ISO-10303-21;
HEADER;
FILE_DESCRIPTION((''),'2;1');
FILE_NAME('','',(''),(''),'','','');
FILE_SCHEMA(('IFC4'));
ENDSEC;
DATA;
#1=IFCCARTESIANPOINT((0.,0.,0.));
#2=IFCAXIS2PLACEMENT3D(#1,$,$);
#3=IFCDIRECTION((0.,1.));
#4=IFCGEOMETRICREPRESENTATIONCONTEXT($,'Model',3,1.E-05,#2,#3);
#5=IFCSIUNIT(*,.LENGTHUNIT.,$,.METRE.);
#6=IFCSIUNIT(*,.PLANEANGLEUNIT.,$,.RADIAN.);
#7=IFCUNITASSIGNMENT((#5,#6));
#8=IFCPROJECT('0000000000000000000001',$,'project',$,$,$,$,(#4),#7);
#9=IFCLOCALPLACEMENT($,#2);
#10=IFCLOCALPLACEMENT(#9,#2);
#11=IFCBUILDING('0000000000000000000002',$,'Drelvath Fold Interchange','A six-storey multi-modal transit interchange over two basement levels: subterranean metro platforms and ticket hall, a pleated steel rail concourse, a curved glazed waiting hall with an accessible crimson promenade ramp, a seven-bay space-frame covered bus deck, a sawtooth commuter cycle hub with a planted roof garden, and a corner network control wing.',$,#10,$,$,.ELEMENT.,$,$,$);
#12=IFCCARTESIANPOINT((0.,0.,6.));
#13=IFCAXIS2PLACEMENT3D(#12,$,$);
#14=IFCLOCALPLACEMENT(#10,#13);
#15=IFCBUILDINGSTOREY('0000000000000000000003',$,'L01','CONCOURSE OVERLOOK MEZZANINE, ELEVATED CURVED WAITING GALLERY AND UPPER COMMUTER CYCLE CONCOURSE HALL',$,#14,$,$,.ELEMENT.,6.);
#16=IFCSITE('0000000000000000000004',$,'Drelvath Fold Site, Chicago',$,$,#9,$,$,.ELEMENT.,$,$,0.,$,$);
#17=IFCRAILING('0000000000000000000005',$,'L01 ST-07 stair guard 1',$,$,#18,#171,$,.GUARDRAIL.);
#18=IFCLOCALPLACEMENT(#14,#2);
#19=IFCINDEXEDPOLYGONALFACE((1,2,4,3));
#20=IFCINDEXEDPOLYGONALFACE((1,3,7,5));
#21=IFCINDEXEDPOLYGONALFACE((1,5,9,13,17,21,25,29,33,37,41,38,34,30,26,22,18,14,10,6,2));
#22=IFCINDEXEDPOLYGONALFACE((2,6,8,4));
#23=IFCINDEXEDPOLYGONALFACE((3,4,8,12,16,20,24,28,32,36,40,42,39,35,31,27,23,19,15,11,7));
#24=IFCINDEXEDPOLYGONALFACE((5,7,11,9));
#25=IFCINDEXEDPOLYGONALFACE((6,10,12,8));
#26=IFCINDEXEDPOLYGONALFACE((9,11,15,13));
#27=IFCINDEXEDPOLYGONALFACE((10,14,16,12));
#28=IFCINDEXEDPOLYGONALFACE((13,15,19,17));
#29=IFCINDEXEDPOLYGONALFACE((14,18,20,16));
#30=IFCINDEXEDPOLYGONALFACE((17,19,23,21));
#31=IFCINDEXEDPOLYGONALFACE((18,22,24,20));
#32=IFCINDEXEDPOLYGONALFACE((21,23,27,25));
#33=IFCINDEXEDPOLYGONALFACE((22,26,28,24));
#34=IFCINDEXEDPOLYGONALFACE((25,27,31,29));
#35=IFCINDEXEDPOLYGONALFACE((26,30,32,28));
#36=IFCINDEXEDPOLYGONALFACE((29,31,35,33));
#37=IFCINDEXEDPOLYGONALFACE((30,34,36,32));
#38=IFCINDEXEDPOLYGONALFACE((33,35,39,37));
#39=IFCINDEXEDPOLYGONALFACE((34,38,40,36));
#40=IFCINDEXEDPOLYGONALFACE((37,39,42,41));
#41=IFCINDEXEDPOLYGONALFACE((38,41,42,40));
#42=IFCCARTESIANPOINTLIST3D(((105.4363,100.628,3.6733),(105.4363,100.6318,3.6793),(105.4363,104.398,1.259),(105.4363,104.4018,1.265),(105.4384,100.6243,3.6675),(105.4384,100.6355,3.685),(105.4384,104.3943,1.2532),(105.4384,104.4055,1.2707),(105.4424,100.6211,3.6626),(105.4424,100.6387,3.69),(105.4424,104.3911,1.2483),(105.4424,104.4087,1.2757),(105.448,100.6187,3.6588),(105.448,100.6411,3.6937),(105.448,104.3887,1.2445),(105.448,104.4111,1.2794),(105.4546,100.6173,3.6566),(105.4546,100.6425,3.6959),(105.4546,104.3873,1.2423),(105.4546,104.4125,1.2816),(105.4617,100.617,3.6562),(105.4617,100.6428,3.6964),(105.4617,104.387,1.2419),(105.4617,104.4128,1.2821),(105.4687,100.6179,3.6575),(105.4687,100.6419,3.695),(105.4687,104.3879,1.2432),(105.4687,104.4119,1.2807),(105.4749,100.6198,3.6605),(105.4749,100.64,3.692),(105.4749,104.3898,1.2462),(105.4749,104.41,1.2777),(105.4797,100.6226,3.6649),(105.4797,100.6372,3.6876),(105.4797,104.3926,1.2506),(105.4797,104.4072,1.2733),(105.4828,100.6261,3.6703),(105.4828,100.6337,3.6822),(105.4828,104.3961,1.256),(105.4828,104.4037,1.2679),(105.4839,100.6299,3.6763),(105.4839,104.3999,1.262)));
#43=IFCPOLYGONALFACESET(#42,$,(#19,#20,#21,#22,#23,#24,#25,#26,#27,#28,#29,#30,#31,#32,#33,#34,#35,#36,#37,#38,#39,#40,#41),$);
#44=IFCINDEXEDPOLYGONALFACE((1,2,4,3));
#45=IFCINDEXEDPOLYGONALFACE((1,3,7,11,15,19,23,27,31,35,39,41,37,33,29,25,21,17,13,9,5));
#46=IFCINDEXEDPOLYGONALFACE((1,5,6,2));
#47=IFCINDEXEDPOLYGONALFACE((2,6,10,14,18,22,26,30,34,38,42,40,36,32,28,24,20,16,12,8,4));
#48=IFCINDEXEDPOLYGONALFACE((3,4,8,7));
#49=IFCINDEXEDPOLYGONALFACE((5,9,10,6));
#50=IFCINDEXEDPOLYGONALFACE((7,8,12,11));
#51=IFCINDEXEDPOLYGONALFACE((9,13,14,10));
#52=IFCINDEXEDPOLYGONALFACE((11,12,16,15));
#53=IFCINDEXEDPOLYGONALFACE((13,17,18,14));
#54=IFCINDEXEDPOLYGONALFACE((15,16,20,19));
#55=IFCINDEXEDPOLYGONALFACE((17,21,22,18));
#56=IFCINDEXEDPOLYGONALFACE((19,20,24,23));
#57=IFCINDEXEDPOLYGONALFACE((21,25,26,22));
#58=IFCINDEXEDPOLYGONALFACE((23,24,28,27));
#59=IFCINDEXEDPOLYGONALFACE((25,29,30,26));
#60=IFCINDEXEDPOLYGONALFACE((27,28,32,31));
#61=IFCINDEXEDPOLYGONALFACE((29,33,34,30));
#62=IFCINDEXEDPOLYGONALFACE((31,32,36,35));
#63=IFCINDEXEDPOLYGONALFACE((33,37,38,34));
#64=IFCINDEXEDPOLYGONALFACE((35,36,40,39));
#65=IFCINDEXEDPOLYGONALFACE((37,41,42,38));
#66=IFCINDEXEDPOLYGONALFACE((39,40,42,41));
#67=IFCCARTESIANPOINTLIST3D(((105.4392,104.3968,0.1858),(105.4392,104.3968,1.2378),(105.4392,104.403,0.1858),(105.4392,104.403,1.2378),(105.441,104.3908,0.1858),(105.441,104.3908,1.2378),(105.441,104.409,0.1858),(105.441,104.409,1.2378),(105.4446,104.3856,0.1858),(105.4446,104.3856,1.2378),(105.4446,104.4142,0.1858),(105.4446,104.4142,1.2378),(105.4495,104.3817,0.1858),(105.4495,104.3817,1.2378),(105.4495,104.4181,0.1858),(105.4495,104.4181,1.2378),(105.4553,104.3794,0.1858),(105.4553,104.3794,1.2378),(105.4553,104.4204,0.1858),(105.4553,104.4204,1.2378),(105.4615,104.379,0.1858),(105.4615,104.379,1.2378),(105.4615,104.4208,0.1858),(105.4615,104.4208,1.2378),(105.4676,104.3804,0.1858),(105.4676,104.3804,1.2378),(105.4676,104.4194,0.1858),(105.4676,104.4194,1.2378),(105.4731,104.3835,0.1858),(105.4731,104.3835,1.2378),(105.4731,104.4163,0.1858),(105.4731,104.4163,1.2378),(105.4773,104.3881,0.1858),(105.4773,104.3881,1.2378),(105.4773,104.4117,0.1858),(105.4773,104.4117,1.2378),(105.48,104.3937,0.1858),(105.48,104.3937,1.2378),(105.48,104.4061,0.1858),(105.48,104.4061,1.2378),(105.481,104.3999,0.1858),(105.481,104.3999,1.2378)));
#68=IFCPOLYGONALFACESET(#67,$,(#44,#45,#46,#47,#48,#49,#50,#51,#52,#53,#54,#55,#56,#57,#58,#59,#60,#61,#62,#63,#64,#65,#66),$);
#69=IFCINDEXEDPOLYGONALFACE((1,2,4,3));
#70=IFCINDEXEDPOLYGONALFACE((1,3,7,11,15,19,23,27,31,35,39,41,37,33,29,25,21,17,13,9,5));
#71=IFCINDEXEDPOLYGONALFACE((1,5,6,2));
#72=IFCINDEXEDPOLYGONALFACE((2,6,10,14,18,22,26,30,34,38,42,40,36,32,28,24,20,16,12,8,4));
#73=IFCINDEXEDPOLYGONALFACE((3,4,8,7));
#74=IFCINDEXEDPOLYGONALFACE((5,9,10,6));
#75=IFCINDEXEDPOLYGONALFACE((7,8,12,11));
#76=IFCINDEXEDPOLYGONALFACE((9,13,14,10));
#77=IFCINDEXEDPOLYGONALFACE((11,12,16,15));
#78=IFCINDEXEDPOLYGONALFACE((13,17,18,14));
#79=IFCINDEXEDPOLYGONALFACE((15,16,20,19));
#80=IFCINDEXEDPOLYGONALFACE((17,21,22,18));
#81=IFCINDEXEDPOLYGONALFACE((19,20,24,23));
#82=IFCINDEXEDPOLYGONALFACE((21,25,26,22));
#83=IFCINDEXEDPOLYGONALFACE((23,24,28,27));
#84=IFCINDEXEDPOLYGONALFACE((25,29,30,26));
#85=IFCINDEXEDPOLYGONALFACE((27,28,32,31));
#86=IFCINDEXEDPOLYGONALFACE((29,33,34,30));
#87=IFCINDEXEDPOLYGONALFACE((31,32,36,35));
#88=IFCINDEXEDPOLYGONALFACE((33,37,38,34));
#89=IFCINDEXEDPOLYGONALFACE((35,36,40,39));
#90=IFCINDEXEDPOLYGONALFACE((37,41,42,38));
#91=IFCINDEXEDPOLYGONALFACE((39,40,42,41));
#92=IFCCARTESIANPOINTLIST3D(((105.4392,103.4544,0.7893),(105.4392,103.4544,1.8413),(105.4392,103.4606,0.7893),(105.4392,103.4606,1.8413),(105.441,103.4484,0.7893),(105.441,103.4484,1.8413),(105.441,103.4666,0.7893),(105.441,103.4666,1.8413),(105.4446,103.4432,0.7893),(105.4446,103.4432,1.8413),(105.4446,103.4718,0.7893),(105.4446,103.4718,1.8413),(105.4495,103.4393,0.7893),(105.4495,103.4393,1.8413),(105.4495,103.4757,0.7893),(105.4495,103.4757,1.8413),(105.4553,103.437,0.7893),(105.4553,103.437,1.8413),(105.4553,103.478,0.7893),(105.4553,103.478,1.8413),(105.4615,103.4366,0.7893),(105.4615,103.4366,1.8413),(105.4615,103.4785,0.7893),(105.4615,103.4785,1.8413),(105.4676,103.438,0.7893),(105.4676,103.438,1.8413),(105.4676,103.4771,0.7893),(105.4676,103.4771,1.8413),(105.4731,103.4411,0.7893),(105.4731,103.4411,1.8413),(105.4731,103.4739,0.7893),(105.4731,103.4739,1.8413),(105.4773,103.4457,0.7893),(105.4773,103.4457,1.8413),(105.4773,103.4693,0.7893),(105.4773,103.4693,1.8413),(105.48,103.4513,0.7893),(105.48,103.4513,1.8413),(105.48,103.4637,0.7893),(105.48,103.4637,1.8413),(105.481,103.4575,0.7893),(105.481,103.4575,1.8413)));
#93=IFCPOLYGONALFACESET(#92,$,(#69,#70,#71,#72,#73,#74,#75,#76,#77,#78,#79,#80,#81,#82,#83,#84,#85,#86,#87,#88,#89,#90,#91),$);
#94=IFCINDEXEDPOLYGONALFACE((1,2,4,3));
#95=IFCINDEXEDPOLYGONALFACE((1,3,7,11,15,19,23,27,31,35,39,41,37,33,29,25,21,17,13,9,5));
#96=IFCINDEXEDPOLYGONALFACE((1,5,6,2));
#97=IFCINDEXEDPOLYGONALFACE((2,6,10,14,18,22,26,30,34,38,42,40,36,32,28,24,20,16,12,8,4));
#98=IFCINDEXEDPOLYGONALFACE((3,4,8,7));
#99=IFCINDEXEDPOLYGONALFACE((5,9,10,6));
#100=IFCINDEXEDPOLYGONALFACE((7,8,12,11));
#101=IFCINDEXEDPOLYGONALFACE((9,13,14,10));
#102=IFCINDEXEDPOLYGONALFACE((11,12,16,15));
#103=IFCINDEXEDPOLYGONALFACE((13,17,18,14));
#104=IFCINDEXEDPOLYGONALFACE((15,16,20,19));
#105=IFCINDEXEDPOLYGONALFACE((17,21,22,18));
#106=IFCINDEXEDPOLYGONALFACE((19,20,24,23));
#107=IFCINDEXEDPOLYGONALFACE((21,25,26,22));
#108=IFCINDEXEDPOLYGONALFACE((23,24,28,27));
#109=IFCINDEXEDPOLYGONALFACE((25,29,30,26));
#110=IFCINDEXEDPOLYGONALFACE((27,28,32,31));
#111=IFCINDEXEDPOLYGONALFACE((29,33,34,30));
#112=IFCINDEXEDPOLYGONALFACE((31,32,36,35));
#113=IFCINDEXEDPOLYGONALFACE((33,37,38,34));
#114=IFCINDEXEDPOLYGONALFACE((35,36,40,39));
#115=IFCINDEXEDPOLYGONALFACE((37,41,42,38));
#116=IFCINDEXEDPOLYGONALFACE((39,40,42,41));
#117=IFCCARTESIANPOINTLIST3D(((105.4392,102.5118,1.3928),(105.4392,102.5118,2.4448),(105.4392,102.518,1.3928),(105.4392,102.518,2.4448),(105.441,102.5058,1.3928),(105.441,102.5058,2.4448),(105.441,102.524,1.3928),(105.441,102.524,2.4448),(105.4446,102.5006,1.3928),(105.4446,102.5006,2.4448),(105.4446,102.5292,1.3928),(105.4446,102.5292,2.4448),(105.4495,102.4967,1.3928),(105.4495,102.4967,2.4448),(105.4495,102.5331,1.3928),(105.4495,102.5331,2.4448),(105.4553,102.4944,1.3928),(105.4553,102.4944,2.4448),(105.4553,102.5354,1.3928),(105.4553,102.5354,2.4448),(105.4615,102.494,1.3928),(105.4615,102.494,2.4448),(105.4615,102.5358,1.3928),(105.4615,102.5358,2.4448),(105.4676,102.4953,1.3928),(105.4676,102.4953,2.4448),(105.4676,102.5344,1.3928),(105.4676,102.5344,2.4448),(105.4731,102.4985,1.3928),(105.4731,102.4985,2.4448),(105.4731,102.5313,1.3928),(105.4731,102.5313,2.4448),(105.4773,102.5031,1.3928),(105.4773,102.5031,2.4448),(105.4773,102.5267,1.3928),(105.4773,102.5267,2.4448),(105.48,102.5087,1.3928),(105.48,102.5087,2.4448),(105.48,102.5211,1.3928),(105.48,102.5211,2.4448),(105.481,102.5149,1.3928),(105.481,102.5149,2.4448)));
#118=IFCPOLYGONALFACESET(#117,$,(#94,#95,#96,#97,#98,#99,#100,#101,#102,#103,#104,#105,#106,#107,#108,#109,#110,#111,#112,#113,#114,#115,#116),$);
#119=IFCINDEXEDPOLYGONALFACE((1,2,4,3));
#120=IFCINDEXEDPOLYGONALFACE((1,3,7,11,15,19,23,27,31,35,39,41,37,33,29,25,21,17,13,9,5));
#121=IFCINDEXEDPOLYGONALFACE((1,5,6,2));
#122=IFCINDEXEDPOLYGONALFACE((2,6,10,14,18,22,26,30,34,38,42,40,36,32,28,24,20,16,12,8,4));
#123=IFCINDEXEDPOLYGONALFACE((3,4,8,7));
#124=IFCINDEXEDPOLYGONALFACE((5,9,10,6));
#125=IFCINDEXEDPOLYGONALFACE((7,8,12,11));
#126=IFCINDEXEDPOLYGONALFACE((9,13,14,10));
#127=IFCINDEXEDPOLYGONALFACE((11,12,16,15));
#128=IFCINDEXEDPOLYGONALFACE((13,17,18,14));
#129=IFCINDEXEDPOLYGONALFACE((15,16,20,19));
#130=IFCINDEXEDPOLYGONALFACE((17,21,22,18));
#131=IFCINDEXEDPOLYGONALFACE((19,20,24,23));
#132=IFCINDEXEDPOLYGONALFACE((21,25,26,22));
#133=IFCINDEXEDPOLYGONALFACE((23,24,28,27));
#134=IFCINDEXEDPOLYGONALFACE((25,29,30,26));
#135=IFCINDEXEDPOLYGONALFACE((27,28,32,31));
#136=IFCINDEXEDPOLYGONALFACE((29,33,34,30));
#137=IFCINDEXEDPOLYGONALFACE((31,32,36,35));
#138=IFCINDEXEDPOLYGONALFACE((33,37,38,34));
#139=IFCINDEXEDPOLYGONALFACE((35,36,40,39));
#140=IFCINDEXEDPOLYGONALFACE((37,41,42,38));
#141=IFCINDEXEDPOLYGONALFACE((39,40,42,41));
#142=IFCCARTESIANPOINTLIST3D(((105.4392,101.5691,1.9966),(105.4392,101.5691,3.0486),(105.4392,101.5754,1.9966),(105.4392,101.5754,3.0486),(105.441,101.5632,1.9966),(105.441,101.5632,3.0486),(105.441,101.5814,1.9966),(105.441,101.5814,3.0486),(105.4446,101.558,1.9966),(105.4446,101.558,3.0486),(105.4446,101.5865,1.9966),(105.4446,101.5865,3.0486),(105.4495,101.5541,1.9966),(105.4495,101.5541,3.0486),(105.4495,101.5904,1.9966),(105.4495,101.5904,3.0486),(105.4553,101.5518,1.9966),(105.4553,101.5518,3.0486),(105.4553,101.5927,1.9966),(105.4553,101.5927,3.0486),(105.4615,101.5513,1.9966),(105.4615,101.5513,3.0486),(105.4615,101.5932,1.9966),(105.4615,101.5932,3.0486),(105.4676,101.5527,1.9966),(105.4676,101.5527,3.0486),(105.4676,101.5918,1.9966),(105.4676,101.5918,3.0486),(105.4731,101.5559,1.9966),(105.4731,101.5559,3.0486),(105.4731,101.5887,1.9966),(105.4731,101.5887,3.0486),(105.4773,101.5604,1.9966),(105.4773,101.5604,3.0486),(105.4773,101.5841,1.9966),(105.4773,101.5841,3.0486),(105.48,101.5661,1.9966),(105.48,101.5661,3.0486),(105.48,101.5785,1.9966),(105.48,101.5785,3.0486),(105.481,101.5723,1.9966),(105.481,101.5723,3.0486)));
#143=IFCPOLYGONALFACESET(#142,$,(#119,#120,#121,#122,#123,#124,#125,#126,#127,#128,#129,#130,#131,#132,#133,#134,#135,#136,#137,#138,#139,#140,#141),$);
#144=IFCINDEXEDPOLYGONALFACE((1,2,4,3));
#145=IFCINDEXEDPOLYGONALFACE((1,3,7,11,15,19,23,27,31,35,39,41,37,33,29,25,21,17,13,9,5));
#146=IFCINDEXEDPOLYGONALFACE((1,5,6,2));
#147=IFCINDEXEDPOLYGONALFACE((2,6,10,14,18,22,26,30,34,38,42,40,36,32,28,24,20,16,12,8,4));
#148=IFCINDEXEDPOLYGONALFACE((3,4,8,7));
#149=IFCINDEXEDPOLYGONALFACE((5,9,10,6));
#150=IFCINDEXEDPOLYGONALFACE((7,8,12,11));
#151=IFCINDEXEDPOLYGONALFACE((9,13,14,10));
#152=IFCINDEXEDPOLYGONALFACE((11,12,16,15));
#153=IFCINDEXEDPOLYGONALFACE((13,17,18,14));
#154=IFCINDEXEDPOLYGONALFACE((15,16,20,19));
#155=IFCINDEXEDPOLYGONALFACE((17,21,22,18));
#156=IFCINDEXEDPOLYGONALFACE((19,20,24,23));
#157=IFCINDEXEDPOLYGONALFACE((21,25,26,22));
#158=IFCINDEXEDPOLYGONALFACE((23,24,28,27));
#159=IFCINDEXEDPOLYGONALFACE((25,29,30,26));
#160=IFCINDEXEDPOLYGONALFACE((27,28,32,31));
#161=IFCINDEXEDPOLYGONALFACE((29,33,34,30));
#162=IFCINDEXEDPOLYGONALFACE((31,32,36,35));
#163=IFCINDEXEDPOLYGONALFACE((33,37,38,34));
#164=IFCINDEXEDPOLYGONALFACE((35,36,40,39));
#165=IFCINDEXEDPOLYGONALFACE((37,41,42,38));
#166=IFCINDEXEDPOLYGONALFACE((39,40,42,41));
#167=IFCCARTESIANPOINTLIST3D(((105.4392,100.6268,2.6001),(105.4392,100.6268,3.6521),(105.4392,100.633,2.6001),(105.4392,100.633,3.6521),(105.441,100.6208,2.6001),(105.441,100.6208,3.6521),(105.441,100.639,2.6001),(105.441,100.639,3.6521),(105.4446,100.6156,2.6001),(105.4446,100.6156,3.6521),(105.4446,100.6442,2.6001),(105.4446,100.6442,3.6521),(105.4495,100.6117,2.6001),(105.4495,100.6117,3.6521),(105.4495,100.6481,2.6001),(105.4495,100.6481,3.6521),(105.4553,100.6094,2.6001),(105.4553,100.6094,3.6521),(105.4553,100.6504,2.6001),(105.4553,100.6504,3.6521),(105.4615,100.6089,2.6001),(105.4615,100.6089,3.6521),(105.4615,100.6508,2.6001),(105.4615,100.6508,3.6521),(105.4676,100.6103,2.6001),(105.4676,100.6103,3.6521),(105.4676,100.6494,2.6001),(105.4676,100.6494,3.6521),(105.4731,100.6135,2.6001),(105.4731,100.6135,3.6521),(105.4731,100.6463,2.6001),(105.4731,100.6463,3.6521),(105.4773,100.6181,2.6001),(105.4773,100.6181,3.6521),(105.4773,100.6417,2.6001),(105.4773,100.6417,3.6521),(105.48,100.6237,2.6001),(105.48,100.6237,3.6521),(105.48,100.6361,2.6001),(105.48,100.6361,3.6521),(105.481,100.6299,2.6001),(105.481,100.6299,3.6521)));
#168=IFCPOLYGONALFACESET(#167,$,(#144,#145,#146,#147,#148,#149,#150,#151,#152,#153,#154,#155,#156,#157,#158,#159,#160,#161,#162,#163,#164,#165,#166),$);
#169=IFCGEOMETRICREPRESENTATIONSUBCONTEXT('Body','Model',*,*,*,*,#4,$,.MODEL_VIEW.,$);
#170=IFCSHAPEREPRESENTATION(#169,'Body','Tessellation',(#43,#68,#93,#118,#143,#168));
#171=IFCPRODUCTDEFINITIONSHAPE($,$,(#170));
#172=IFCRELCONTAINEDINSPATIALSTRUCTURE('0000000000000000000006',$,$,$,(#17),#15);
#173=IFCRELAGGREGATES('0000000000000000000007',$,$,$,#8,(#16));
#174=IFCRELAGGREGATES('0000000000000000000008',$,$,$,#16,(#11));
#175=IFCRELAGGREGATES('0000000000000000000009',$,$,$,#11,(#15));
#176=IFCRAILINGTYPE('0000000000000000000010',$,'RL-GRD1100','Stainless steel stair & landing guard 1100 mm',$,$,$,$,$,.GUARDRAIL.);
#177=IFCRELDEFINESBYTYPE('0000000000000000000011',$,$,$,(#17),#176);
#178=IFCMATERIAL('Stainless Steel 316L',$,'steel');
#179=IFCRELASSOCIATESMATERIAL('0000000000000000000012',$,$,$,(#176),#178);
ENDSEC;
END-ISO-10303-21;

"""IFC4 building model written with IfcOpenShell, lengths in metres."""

from ifc_helpers import new_model, si_unit, direction, frame, origin, origin_2d, place, context, subcontext, project, spatial, circle, extrude, material, type_object, element, save


model = new_model("IFC4")

# Units and contexts
model_context = context("Model", 3, precision=1e-05, world=origin(), true_north=direction((0.0, 1.0)))
body_context = subcontext(model_context, "Body", "Model", "MODEL_VIEW")
ifc_project = project(units=[si_unit("LENGTHUNIT", "METRE"), si_unit("PLANEANGLEUNIT", "RADIAN")], contexts=[model_context])

# Site, building, storey
site_placement = place(None, origin())
site = spatial("IfcSite", under=ifc_project, at=site_placement, Name="Drelvath Fold Site, Chicago", CompositionType="ELEMENT", RefElevation=0.0)
building_placement = place(site_placement, origin())
building = spatial("IfcBuilding", under=site, at=building_placement, Name="Drelvath Fold Interchange", Description="A six-storey multi-modal transit interchange over two basement levels: subterranean metro platforms and ticket hall, a pleated steel rail concourse, a curved glazed waiting hall with an accessible crimson promenade ramp, a seven-bay space-frame covered bus deck, a sawtooth commuter cycle hub with a planted roof garden, and a corner network control wing.", CompositionType="ELEMENT")
storey_placement = place(building_placement, frame((0.0, 0.0, 6.0)))
storey = spatial("IfcBuildingStorey", under=building, at=storey_placement, Name="L01", Description="CONCOURSE OVERLOOK MEZZANINE, ELEVATED CURVED WAITING GALLERY AND UPPER COMMUTER CYCLE CONCOURSE HALL", CompositionType="ELEMENT", Elevation=6.0)

# Railing
ifc_material_1 = material(Name="Stainless Steel 316L", Category="steel")
railing_type_1 = type_object("IfcRailingType", Name="RL-GRD1100", Description="Stainless steel stair & landing guard 1100 mm", PredefinedType="GUARDRAIL", material=ifc_material_1)
railing_1_placement = place(storey_placement, frame((105.46, 104.3999, 0.1858)))
element("IfcRailing", 1, at=railing_1_placement, inside=storey, type_object=railing_type_1, Name="L01 ST-07 stair guard 1", PredefinedType="GUARDRAIL", context=body_context, shape_type="SweptSolid", body=[
    extrude(circle(Radius=0.0239, at=origin_2d()), frame((0.0, 0.0, 1.0762), z_axis=(0.0, -0.84212, 0.53929), x_axis=(1.0, 0.0, 0.0)), (0.0, 0.0, 1.0), 4.4768),
    extrude(circle(Radius=0.021, at=origin_2d()), origin(), (0.0, 0.0, 1.0), 1.052),
    extrude(circle(Radius=0.021, at=origin_2d()), frame((0.0, -0.9424, 0.6035)), (0.0, 0.0, 1.0), 1.052),
    extrude(circle(Radius=0.021, at=origin_2d()), frame((0.0, -1.885, 1.207)), (0.0, 0.0, 1.0), 1.052),
    extrude(circle(Radius=0.021, at=origin_2d()), frame((0.0, -2.8276, 1.8108)), (0.0, 0.0, 1.0), 1.052),
    extrude(circle(Radius=0.021, at=origin_2d()), frame((0.0, -3.77, 2.4143)), (0.0, 0.0, 1.0), 1.052),
])

save(model, "model.ifc")
